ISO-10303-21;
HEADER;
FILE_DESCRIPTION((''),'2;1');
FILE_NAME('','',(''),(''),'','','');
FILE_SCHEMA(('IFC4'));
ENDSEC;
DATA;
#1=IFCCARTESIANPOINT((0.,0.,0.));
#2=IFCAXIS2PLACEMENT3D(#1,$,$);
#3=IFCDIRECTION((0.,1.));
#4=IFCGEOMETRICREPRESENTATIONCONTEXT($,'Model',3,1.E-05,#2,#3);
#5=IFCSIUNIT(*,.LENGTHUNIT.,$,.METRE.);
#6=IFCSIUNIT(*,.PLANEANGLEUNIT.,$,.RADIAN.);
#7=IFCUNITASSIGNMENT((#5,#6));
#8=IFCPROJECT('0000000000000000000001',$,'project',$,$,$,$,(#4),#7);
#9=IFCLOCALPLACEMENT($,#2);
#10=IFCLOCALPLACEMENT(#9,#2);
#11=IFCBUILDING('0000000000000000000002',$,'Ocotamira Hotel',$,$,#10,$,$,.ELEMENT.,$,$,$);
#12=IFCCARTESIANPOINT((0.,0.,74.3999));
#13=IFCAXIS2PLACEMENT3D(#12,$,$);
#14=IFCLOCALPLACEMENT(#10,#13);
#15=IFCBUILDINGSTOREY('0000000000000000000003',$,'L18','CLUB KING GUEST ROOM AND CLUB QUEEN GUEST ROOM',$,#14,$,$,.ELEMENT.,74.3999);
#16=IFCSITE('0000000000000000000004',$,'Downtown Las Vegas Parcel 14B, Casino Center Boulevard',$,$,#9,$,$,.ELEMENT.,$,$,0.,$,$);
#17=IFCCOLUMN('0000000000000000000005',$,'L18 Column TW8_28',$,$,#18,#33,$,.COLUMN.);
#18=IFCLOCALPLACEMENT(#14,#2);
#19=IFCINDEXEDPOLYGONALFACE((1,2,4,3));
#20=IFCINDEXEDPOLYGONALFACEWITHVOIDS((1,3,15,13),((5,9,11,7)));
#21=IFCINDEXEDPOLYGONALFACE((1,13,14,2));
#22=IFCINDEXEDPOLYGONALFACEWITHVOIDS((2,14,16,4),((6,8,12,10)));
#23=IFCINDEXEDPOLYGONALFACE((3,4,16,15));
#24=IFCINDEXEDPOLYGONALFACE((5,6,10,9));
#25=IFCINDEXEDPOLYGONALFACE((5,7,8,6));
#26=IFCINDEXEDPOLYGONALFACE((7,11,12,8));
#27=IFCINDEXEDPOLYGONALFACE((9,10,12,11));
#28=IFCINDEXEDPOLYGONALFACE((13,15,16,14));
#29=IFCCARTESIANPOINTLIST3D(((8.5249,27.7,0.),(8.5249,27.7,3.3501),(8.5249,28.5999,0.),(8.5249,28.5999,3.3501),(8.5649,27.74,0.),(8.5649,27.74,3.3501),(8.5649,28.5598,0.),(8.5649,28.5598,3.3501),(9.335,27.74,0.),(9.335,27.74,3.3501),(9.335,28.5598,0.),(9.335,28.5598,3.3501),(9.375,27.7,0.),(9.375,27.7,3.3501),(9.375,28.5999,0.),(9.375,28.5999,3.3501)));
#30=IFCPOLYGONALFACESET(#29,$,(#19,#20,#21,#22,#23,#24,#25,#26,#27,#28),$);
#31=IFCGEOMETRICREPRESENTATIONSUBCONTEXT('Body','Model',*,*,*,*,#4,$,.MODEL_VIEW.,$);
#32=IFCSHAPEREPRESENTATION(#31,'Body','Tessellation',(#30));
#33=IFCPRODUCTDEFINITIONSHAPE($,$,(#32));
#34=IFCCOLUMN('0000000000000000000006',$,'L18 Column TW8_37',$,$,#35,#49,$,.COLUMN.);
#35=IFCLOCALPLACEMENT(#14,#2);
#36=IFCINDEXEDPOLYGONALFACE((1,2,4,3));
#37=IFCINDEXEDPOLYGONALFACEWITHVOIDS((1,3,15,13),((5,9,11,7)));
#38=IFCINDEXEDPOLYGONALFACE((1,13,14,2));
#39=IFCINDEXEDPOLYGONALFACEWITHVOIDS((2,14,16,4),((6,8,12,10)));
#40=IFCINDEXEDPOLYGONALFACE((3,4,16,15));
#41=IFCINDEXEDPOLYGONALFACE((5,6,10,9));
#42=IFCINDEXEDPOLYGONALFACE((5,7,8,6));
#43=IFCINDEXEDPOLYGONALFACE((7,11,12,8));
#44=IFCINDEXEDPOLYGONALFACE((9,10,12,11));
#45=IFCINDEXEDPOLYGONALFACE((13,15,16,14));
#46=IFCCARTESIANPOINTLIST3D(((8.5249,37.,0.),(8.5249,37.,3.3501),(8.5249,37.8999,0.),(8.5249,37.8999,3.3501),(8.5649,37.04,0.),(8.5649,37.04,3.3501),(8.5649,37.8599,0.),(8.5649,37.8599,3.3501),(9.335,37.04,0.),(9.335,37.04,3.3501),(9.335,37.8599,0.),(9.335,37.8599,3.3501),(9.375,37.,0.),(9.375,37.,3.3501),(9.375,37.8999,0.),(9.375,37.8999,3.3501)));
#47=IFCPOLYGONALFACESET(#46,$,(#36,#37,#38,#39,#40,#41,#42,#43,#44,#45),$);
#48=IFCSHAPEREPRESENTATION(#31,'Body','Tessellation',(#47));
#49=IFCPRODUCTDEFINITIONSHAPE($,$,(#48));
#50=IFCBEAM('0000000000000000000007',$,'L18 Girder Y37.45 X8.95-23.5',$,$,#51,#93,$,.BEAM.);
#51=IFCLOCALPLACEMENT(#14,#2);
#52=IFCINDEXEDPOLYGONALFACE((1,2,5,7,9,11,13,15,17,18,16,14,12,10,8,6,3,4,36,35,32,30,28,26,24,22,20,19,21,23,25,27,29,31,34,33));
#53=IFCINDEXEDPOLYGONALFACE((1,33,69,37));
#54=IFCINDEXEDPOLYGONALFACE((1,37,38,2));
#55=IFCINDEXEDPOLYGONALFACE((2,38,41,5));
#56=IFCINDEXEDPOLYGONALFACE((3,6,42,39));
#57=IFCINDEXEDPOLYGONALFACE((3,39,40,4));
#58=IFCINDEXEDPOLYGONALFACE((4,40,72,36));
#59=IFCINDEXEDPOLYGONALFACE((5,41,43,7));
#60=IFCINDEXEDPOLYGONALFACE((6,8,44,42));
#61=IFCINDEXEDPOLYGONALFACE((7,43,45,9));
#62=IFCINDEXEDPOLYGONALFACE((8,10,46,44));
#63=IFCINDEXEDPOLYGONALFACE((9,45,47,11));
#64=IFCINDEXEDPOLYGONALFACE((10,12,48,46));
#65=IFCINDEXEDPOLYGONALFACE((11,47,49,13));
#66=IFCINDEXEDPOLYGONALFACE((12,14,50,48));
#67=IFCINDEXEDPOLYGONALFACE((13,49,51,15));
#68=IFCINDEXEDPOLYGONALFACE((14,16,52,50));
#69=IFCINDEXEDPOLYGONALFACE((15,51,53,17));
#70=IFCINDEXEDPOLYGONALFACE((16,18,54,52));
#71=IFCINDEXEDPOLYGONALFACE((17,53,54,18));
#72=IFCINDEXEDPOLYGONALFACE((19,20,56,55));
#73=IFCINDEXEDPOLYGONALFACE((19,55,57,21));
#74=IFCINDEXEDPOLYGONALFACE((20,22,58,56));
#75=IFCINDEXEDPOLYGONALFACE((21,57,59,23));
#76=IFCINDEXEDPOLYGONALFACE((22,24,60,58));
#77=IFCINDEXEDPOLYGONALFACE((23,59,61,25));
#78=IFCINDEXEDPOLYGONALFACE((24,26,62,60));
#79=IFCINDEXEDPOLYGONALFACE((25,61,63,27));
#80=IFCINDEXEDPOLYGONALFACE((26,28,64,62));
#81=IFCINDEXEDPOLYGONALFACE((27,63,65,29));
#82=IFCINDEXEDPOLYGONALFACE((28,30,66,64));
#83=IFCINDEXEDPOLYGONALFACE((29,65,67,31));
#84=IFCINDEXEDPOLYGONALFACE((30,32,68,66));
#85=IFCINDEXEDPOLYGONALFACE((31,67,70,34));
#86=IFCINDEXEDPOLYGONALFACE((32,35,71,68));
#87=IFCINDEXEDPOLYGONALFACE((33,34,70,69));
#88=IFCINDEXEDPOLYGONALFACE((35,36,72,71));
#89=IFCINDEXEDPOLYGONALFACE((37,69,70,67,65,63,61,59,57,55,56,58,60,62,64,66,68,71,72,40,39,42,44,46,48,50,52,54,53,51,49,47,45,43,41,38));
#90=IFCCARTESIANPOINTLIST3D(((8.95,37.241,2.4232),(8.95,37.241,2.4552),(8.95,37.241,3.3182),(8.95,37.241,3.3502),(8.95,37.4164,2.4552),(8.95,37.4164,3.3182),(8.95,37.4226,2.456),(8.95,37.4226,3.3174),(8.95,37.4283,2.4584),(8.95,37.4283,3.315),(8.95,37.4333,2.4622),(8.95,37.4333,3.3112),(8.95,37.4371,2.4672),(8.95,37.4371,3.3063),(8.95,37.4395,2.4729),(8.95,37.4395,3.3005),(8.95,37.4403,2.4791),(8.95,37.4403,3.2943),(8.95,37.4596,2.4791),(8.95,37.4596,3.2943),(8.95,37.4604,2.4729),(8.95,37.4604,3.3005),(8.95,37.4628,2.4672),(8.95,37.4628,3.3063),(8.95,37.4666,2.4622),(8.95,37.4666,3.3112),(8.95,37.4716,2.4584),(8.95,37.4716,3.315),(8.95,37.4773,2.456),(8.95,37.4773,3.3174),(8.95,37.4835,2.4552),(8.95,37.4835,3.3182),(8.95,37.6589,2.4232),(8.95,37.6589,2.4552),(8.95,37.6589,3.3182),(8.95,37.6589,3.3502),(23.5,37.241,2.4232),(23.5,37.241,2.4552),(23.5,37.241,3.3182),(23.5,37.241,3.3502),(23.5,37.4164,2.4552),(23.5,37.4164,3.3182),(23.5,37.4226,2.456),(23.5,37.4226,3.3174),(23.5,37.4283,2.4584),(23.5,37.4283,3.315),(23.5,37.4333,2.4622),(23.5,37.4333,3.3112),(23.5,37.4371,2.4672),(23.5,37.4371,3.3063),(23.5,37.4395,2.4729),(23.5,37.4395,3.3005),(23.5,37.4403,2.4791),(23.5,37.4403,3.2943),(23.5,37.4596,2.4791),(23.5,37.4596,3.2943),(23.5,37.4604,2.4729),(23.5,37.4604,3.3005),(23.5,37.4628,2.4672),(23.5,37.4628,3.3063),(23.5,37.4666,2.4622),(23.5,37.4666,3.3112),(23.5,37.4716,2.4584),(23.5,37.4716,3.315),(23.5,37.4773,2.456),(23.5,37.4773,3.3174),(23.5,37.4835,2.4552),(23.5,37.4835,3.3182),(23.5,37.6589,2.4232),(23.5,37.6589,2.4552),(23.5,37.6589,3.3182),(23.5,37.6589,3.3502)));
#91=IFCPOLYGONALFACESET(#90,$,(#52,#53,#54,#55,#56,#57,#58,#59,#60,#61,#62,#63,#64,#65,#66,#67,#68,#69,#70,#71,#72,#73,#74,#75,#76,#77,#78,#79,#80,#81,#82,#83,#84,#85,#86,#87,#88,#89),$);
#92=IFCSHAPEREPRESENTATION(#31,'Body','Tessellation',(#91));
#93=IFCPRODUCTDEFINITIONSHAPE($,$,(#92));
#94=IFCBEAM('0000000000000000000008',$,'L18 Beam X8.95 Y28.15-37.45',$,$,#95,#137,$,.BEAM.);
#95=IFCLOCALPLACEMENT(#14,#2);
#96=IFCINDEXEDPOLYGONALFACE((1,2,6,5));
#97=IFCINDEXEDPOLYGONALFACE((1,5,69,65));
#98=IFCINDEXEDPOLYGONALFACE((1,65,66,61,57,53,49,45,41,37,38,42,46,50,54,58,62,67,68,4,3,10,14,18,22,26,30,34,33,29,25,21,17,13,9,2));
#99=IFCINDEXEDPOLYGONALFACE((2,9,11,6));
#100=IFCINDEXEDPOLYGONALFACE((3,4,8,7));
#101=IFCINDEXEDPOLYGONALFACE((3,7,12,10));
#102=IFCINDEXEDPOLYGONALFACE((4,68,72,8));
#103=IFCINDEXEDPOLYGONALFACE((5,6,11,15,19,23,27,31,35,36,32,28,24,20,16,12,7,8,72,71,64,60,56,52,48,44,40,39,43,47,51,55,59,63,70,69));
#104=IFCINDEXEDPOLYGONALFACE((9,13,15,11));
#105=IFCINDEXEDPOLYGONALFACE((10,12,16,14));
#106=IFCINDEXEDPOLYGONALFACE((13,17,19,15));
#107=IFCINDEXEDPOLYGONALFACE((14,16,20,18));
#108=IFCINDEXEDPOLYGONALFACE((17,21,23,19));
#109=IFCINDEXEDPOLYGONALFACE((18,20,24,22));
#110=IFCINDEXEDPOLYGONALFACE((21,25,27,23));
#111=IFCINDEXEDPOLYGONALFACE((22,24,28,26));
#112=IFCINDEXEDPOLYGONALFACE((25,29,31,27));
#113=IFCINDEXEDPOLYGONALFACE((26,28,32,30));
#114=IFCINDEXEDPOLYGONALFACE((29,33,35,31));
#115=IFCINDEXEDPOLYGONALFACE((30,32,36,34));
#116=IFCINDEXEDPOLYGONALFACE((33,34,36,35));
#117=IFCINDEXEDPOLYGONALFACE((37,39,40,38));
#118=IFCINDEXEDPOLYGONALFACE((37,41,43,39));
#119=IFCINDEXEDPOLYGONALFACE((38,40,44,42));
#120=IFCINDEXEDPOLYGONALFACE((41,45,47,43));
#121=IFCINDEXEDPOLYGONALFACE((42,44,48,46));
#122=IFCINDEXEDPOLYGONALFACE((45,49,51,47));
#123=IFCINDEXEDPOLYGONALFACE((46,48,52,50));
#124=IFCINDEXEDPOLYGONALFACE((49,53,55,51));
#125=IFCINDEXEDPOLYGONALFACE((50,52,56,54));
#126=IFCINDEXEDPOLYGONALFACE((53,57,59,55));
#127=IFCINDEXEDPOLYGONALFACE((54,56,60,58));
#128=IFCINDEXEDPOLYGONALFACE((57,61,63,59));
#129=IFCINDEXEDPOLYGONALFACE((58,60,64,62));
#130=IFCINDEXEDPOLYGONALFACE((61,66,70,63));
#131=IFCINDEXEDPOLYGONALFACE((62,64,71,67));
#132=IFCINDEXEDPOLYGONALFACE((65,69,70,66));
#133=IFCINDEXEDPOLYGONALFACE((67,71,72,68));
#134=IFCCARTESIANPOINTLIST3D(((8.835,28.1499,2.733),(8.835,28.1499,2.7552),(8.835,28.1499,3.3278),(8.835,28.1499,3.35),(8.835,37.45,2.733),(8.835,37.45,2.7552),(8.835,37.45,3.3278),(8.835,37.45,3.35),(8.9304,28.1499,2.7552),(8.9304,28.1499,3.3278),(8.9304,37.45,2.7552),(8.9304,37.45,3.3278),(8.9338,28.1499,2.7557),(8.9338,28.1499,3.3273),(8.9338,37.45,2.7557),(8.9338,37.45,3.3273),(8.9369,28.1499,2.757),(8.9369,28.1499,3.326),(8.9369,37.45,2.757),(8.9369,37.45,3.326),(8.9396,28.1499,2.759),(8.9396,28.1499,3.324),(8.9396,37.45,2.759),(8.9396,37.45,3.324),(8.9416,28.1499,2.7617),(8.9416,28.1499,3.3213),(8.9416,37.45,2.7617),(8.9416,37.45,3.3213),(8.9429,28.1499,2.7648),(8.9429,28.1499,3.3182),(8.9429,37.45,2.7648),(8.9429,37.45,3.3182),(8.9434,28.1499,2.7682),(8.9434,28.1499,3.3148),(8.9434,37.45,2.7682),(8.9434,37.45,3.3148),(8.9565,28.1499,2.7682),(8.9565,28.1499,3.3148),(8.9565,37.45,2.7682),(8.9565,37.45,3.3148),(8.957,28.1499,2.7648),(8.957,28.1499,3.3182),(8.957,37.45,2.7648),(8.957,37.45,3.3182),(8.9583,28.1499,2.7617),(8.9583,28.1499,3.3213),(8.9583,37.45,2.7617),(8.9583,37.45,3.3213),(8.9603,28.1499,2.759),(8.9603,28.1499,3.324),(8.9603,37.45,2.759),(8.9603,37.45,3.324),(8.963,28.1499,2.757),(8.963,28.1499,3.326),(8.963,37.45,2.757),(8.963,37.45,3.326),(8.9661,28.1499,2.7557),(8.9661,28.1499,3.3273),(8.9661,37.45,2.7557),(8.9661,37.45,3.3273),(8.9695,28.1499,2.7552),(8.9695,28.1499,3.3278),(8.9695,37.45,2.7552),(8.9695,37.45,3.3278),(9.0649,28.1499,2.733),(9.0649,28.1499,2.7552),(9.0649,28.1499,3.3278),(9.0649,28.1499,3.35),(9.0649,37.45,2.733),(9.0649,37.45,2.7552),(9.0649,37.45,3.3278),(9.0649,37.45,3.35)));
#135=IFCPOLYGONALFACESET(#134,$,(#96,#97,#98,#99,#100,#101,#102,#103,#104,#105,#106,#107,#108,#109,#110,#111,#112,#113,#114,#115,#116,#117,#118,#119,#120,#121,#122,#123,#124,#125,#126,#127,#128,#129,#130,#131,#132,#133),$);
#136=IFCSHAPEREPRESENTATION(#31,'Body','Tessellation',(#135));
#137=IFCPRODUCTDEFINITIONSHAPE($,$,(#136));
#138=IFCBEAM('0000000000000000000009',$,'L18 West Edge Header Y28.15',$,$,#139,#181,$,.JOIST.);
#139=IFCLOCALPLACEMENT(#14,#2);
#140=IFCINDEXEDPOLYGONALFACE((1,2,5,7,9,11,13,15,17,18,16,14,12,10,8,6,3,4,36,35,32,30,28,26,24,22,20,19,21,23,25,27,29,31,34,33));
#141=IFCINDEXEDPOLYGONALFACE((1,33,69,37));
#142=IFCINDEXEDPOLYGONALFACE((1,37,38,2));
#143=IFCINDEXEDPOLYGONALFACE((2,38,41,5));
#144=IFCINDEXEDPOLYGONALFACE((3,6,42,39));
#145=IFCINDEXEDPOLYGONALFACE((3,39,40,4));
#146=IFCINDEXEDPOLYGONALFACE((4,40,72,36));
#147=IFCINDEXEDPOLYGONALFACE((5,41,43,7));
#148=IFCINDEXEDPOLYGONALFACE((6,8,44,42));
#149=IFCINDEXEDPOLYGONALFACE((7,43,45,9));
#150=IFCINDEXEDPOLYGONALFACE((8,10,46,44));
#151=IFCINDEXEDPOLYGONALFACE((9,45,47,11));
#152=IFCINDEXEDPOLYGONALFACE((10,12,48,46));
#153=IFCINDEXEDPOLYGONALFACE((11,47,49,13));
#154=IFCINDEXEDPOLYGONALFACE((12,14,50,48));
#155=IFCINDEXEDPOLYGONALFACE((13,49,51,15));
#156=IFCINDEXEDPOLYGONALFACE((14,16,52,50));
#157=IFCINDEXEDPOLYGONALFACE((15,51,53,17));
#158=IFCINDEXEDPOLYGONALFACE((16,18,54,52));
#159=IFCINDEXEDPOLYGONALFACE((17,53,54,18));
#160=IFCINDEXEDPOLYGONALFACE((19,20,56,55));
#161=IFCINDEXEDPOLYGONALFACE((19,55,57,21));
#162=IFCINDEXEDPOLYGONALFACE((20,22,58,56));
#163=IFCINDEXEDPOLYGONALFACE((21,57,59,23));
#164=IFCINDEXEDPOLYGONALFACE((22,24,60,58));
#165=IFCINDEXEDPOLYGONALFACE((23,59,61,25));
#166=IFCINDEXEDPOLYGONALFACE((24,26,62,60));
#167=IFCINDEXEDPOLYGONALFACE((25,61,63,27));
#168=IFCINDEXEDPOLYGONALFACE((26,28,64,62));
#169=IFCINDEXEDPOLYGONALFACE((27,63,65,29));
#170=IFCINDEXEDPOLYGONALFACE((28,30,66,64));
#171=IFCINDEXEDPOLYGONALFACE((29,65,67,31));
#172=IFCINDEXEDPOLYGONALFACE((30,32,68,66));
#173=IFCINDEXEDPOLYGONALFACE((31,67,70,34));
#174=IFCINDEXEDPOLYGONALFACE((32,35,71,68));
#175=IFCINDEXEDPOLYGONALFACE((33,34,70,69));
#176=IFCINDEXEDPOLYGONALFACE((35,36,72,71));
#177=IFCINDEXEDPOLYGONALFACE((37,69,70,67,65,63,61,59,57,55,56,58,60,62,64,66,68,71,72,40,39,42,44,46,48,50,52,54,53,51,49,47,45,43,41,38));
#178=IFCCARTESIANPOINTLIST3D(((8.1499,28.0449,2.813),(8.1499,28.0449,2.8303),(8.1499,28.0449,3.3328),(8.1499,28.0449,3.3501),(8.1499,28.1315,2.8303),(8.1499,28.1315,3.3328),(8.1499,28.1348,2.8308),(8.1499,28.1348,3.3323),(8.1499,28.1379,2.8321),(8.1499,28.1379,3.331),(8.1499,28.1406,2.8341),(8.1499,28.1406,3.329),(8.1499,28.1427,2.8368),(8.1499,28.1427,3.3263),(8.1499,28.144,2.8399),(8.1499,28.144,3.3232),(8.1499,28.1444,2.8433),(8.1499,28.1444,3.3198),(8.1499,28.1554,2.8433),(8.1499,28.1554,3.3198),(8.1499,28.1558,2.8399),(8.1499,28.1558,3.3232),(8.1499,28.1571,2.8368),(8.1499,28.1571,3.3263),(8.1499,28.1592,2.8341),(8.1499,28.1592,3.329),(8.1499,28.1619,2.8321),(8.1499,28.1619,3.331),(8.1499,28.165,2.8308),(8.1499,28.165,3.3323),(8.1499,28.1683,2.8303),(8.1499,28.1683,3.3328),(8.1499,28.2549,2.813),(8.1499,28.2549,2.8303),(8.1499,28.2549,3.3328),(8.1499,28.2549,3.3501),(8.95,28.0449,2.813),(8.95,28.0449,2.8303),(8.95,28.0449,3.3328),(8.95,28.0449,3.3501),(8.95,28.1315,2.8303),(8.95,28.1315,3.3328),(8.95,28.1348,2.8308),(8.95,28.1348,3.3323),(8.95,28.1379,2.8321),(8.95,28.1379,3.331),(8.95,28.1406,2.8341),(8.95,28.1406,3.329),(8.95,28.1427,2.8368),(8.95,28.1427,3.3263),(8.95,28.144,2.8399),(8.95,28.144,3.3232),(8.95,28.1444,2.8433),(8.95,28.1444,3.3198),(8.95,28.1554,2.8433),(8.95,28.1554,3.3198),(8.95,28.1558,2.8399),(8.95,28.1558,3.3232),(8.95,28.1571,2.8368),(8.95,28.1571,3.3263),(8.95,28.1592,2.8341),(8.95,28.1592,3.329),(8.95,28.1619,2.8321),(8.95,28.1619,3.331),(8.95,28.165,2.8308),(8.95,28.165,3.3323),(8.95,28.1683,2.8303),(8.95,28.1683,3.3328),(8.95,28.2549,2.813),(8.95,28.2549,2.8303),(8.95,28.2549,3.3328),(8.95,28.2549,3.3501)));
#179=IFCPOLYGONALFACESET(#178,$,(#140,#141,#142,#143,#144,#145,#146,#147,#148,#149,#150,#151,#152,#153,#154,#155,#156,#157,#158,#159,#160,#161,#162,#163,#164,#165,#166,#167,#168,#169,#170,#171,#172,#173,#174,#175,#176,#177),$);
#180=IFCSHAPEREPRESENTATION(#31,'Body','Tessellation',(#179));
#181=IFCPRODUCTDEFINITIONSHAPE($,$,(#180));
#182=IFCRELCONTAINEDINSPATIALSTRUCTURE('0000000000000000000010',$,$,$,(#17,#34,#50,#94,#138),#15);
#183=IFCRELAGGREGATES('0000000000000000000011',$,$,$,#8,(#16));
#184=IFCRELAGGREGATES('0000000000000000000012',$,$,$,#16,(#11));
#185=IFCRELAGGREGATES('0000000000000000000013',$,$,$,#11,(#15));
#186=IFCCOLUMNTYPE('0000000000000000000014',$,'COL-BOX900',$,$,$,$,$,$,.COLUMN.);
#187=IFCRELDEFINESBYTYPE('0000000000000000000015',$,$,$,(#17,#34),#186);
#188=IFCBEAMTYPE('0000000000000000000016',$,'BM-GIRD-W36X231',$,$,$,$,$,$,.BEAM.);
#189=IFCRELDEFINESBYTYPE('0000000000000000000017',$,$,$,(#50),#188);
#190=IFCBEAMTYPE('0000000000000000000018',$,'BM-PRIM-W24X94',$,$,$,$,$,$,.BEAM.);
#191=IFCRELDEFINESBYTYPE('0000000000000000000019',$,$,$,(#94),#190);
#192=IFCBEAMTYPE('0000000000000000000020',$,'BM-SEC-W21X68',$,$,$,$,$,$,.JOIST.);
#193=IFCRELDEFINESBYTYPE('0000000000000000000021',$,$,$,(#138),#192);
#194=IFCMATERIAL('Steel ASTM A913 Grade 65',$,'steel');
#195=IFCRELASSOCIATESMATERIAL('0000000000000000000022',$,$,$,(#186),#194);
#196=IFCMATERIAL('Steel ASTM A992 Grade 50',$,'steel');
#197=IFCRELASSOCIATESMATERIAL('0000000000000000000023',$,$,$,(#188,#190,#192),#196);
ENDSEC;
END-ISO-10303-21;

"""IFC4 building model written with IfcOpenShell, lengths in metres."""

from ifc_helpers import new_model, si_unit, direction, frame, origin, origin_2d, place, context, subcontext, project, spatial, hollow_rectangle, i_section, extrude, source, transform, mapped, material, material_profile, profile_set, type_object, element, save


model = new_model("IFC4")

# Units and contexts
model_context = context("Model", 3, precision=1e-05, world=origin(), true_north=direction((0.0, 1.0)))
body_context = subcontext(model_context, "Body", "Model", "MODEL_VIEW")
ifc_project = project(units=[si_unit("LENGTHUNIT", "METRE"), si_unit("PLANEANGLEUNIT", "RADIAN")], contexts=[model_context])

# Site, building, storey
site_placement = place(None, origin())
site = spatial("IfcSite", under=ifc_project, at=site_placement, Name="Downtown Las Vegas Parcel 14B, Casino Center Boulevard", CompositionType="ELEMENT", RefElevation=0.0)
building_placement = place(site_placement, origin())
building = spatial("IfcBuilding", under=site, at=building_placement, Name="Ocotamira Hotel", CompositionType="ELEMENT")
storey_placement = place(building_placement, frame((0.0, 0.0, 74.3999)))
storey = spatial("IfcBuildingStorey", under=building, at=storey_placement, Name="L18", Description="CLUB KING GUEST ROOM AND CLUB QUEEN GUEST ROOM", CompositionType="ELEMENT", Elevation=74.3999)

# Columns
ifc_material_1 = material(Name="Steel ASTM A913 Grade 65", Category="steel")
ifc_material_profile_1 = material_profile(ifc_material_1, hollow_rectangle(XDim=0.8501, YDim=0.8999, WallThickness=0.04, at=origin_2d()), Name="BOX900X850X40")
ifc_profile_set_1 = profile_set([ifc_material_profile_1], Name="Steel ASTM A913 Grade 65")
column_type = type_object("IfcColumnType", Name="COL-BOX900", PredefinedType="COLUMN", material=ifc_profile_set_1)
shared_shape_1 = source(origin(), body_context, "Body", "SweptSolid", [
    extrude(hollow_rectangle(XDim=0.8501, YDim=0.8999, WallThickness=0.04, at=origin_2d()), origin(), (0.0, 0.0, 1.0), 3.3501),
])
for number, where, z_axis, x_axis, name in (
    (1, (8.95, 28.1499, 0.0), (0.0, 0.0, 1.0), (1.0, 0.0, 0.0), "L18 Column TW8_28"),
    (2, (8.95, 37.45, 0.0), (0.0, 0.0, 1.0), (1.0, 0.0, 0.0), "L18 Column TW8_37"),
):
    element("IfcColumn", number, at=place(storey_placement, frame(where, z_axis=z_axis, x_axis=x_axis)), inside=storey, type_object=column_type, Name=name, PredefinedType="COLUMN", context=body_context, shape_type="MappedRepresentation", body=[
        mapped(shared_shape_1, transform((0.0, 0.0, 0.0), scale=1.0)),
    ])

# Beams
ifc_material_2 = material(Name="Steel ASTM A992 Grade 50", Category="steel")
ifc_material_profile_2 = material_profile(ifc_material_2, i_section(OverallWidth=0.418, OverallDepth=0.927, WebThickness=0.0193, FlangeThickness=0.032, FilletRadius=0.0239, at=origin_2d()), Name="W36X231")
ifc_profile_set_2 = profile_set([ifc_material_profile_2], Name="Steel ASTM A992 Grade 50")
beam_type_1 = type_object("IfcBeamType", Name="BM-GIRD-W36X231", PredefinedType="BEAM", material=ifc_profile_set_2)
shared_shape_2 = source(origin(), body_context, "Body", "SweptSolid", [
    extrude(i_section(OverallWidth=0.418, OverallDepth=0.927, WebThickness=0.0193, FlangeThickness=0.032, FilletRadius=0.0239, at=origin_2d()), origin(), (0.0, 0.0, 1.0), 14.55),
])
beam_1_placement = place(storey_placement, frame((8.95, 37.45, 2.8867), z_axis=(1.0, 0.0, 0.0), x_axis=(0.0, 1.0, 0.0)))
element("IfcBeam", 3, at=beam_1_placement, inside=storey, type_object=beam_type_1, Name="L18 Girder Y37.45 X8.95-23.5", PredefinedType="BEAM", context=body_context, shape_type="MappedRepresentation", body=[
    mapped(shared_shape_2, transform((0.0, 0.0, 0.0), scale=1.0)),
])
ifc_material_profile_3 = material_profile(ifc_material_2, i_section(OverallWidth=0.23, OverallDepth=0.6169, WebThickness=0.0132, FlangeThickness=0.0222, FilletRadius=0.0129, at=origin_2d()), Name="W24X94")
ifc_profile_set_3 = profile_set([ifc_material_profile_3], Name="Steel ASTM A992 Grade 50")
beam_type_2 = type_object("IfcBeamType", Name="BM-PRIM-W24X94", PredefinedType="BEAM", material=ifc_profile_set_3)
shared_shape_3 = source(origin(), body_context, "Body", "SweptSolid", [
    extrude(i_section(OverallWidth=0.23, OverallDepth=0.6169, WebThickness=0.0132, FlangeThickness=0.0222, FilletRadius=0.0129, at=origin_2d()), origin(), (0.0, 0.0, 1.0), 9.3),
])
beam_2_placement = place(storey_placement, frame((8.95, 28.1499, 3.0415), z_axis=(0.0, 1.0, 0.0), x_axis=(-1.0, 0.0, 0.0)))
element("IfcBeam", 4, at=beam_2_placement, inside=storey, type_object=beam_type_2, Name="L18 Beam X8.95 Y28.15-37.45", PredefinedType="BEAM", context=body_context, shape_type="MappedRepresentation", body=[
    mapped(shared_shape_3, transform((0.0, 0.0, 0.0), scale=1.0)),
])
ifc_material_profile_4 = material_profile(ifc_material_2, i_section(OverallWidth=0.21, OverallDepth=0.5371, WebThickness=0.011, FlangeThickness=0.0173, FilletRadius=0.0129, at=origin_2d()), Name="W21X68")
ifc_profile_set_4 = profile_set([ifc_material_profile_4], Name="Steel ASTM A992 Grade 50")
beam_type_3 = type_object("IfcBeamType", Name="BM-SEC-W21X68", PredefinedType="JOIST", material=ifc_profile_set_4)
shared_shape_4 = source(origin(), body_context, "Body", "SweptSolid", [
    extrude(i_section(OverallWidth=0.21, OverallDepth=0.5371, WebThickness=0.011, FlangeThickness=0.0173, FilletRadius=0.0129, at=origin_2d()), origin(), (0.0, 0.0, 1.0), 0.8),
])
beam_3_placement = place(storey_placement, frame((8.95, 28.1499, 3.0815), z_axis=(-1.0, 0.0, 0.0), x_axis=(0.0, -1.0, 0.0)))
element("IfcBeam", 5, at=beam_3_placement, inside=storey, type_object=beam_type_3, Name="L18 West Edge Header Y28.15", PredefinedType="JOIST", context=body_context, shape_type="MappedRepresentation", body=[
    mapped(shared_shape_4, transform((0.0, 0.0, 0.0), scale=1.0)),
])

save(model, "model.ifc")
